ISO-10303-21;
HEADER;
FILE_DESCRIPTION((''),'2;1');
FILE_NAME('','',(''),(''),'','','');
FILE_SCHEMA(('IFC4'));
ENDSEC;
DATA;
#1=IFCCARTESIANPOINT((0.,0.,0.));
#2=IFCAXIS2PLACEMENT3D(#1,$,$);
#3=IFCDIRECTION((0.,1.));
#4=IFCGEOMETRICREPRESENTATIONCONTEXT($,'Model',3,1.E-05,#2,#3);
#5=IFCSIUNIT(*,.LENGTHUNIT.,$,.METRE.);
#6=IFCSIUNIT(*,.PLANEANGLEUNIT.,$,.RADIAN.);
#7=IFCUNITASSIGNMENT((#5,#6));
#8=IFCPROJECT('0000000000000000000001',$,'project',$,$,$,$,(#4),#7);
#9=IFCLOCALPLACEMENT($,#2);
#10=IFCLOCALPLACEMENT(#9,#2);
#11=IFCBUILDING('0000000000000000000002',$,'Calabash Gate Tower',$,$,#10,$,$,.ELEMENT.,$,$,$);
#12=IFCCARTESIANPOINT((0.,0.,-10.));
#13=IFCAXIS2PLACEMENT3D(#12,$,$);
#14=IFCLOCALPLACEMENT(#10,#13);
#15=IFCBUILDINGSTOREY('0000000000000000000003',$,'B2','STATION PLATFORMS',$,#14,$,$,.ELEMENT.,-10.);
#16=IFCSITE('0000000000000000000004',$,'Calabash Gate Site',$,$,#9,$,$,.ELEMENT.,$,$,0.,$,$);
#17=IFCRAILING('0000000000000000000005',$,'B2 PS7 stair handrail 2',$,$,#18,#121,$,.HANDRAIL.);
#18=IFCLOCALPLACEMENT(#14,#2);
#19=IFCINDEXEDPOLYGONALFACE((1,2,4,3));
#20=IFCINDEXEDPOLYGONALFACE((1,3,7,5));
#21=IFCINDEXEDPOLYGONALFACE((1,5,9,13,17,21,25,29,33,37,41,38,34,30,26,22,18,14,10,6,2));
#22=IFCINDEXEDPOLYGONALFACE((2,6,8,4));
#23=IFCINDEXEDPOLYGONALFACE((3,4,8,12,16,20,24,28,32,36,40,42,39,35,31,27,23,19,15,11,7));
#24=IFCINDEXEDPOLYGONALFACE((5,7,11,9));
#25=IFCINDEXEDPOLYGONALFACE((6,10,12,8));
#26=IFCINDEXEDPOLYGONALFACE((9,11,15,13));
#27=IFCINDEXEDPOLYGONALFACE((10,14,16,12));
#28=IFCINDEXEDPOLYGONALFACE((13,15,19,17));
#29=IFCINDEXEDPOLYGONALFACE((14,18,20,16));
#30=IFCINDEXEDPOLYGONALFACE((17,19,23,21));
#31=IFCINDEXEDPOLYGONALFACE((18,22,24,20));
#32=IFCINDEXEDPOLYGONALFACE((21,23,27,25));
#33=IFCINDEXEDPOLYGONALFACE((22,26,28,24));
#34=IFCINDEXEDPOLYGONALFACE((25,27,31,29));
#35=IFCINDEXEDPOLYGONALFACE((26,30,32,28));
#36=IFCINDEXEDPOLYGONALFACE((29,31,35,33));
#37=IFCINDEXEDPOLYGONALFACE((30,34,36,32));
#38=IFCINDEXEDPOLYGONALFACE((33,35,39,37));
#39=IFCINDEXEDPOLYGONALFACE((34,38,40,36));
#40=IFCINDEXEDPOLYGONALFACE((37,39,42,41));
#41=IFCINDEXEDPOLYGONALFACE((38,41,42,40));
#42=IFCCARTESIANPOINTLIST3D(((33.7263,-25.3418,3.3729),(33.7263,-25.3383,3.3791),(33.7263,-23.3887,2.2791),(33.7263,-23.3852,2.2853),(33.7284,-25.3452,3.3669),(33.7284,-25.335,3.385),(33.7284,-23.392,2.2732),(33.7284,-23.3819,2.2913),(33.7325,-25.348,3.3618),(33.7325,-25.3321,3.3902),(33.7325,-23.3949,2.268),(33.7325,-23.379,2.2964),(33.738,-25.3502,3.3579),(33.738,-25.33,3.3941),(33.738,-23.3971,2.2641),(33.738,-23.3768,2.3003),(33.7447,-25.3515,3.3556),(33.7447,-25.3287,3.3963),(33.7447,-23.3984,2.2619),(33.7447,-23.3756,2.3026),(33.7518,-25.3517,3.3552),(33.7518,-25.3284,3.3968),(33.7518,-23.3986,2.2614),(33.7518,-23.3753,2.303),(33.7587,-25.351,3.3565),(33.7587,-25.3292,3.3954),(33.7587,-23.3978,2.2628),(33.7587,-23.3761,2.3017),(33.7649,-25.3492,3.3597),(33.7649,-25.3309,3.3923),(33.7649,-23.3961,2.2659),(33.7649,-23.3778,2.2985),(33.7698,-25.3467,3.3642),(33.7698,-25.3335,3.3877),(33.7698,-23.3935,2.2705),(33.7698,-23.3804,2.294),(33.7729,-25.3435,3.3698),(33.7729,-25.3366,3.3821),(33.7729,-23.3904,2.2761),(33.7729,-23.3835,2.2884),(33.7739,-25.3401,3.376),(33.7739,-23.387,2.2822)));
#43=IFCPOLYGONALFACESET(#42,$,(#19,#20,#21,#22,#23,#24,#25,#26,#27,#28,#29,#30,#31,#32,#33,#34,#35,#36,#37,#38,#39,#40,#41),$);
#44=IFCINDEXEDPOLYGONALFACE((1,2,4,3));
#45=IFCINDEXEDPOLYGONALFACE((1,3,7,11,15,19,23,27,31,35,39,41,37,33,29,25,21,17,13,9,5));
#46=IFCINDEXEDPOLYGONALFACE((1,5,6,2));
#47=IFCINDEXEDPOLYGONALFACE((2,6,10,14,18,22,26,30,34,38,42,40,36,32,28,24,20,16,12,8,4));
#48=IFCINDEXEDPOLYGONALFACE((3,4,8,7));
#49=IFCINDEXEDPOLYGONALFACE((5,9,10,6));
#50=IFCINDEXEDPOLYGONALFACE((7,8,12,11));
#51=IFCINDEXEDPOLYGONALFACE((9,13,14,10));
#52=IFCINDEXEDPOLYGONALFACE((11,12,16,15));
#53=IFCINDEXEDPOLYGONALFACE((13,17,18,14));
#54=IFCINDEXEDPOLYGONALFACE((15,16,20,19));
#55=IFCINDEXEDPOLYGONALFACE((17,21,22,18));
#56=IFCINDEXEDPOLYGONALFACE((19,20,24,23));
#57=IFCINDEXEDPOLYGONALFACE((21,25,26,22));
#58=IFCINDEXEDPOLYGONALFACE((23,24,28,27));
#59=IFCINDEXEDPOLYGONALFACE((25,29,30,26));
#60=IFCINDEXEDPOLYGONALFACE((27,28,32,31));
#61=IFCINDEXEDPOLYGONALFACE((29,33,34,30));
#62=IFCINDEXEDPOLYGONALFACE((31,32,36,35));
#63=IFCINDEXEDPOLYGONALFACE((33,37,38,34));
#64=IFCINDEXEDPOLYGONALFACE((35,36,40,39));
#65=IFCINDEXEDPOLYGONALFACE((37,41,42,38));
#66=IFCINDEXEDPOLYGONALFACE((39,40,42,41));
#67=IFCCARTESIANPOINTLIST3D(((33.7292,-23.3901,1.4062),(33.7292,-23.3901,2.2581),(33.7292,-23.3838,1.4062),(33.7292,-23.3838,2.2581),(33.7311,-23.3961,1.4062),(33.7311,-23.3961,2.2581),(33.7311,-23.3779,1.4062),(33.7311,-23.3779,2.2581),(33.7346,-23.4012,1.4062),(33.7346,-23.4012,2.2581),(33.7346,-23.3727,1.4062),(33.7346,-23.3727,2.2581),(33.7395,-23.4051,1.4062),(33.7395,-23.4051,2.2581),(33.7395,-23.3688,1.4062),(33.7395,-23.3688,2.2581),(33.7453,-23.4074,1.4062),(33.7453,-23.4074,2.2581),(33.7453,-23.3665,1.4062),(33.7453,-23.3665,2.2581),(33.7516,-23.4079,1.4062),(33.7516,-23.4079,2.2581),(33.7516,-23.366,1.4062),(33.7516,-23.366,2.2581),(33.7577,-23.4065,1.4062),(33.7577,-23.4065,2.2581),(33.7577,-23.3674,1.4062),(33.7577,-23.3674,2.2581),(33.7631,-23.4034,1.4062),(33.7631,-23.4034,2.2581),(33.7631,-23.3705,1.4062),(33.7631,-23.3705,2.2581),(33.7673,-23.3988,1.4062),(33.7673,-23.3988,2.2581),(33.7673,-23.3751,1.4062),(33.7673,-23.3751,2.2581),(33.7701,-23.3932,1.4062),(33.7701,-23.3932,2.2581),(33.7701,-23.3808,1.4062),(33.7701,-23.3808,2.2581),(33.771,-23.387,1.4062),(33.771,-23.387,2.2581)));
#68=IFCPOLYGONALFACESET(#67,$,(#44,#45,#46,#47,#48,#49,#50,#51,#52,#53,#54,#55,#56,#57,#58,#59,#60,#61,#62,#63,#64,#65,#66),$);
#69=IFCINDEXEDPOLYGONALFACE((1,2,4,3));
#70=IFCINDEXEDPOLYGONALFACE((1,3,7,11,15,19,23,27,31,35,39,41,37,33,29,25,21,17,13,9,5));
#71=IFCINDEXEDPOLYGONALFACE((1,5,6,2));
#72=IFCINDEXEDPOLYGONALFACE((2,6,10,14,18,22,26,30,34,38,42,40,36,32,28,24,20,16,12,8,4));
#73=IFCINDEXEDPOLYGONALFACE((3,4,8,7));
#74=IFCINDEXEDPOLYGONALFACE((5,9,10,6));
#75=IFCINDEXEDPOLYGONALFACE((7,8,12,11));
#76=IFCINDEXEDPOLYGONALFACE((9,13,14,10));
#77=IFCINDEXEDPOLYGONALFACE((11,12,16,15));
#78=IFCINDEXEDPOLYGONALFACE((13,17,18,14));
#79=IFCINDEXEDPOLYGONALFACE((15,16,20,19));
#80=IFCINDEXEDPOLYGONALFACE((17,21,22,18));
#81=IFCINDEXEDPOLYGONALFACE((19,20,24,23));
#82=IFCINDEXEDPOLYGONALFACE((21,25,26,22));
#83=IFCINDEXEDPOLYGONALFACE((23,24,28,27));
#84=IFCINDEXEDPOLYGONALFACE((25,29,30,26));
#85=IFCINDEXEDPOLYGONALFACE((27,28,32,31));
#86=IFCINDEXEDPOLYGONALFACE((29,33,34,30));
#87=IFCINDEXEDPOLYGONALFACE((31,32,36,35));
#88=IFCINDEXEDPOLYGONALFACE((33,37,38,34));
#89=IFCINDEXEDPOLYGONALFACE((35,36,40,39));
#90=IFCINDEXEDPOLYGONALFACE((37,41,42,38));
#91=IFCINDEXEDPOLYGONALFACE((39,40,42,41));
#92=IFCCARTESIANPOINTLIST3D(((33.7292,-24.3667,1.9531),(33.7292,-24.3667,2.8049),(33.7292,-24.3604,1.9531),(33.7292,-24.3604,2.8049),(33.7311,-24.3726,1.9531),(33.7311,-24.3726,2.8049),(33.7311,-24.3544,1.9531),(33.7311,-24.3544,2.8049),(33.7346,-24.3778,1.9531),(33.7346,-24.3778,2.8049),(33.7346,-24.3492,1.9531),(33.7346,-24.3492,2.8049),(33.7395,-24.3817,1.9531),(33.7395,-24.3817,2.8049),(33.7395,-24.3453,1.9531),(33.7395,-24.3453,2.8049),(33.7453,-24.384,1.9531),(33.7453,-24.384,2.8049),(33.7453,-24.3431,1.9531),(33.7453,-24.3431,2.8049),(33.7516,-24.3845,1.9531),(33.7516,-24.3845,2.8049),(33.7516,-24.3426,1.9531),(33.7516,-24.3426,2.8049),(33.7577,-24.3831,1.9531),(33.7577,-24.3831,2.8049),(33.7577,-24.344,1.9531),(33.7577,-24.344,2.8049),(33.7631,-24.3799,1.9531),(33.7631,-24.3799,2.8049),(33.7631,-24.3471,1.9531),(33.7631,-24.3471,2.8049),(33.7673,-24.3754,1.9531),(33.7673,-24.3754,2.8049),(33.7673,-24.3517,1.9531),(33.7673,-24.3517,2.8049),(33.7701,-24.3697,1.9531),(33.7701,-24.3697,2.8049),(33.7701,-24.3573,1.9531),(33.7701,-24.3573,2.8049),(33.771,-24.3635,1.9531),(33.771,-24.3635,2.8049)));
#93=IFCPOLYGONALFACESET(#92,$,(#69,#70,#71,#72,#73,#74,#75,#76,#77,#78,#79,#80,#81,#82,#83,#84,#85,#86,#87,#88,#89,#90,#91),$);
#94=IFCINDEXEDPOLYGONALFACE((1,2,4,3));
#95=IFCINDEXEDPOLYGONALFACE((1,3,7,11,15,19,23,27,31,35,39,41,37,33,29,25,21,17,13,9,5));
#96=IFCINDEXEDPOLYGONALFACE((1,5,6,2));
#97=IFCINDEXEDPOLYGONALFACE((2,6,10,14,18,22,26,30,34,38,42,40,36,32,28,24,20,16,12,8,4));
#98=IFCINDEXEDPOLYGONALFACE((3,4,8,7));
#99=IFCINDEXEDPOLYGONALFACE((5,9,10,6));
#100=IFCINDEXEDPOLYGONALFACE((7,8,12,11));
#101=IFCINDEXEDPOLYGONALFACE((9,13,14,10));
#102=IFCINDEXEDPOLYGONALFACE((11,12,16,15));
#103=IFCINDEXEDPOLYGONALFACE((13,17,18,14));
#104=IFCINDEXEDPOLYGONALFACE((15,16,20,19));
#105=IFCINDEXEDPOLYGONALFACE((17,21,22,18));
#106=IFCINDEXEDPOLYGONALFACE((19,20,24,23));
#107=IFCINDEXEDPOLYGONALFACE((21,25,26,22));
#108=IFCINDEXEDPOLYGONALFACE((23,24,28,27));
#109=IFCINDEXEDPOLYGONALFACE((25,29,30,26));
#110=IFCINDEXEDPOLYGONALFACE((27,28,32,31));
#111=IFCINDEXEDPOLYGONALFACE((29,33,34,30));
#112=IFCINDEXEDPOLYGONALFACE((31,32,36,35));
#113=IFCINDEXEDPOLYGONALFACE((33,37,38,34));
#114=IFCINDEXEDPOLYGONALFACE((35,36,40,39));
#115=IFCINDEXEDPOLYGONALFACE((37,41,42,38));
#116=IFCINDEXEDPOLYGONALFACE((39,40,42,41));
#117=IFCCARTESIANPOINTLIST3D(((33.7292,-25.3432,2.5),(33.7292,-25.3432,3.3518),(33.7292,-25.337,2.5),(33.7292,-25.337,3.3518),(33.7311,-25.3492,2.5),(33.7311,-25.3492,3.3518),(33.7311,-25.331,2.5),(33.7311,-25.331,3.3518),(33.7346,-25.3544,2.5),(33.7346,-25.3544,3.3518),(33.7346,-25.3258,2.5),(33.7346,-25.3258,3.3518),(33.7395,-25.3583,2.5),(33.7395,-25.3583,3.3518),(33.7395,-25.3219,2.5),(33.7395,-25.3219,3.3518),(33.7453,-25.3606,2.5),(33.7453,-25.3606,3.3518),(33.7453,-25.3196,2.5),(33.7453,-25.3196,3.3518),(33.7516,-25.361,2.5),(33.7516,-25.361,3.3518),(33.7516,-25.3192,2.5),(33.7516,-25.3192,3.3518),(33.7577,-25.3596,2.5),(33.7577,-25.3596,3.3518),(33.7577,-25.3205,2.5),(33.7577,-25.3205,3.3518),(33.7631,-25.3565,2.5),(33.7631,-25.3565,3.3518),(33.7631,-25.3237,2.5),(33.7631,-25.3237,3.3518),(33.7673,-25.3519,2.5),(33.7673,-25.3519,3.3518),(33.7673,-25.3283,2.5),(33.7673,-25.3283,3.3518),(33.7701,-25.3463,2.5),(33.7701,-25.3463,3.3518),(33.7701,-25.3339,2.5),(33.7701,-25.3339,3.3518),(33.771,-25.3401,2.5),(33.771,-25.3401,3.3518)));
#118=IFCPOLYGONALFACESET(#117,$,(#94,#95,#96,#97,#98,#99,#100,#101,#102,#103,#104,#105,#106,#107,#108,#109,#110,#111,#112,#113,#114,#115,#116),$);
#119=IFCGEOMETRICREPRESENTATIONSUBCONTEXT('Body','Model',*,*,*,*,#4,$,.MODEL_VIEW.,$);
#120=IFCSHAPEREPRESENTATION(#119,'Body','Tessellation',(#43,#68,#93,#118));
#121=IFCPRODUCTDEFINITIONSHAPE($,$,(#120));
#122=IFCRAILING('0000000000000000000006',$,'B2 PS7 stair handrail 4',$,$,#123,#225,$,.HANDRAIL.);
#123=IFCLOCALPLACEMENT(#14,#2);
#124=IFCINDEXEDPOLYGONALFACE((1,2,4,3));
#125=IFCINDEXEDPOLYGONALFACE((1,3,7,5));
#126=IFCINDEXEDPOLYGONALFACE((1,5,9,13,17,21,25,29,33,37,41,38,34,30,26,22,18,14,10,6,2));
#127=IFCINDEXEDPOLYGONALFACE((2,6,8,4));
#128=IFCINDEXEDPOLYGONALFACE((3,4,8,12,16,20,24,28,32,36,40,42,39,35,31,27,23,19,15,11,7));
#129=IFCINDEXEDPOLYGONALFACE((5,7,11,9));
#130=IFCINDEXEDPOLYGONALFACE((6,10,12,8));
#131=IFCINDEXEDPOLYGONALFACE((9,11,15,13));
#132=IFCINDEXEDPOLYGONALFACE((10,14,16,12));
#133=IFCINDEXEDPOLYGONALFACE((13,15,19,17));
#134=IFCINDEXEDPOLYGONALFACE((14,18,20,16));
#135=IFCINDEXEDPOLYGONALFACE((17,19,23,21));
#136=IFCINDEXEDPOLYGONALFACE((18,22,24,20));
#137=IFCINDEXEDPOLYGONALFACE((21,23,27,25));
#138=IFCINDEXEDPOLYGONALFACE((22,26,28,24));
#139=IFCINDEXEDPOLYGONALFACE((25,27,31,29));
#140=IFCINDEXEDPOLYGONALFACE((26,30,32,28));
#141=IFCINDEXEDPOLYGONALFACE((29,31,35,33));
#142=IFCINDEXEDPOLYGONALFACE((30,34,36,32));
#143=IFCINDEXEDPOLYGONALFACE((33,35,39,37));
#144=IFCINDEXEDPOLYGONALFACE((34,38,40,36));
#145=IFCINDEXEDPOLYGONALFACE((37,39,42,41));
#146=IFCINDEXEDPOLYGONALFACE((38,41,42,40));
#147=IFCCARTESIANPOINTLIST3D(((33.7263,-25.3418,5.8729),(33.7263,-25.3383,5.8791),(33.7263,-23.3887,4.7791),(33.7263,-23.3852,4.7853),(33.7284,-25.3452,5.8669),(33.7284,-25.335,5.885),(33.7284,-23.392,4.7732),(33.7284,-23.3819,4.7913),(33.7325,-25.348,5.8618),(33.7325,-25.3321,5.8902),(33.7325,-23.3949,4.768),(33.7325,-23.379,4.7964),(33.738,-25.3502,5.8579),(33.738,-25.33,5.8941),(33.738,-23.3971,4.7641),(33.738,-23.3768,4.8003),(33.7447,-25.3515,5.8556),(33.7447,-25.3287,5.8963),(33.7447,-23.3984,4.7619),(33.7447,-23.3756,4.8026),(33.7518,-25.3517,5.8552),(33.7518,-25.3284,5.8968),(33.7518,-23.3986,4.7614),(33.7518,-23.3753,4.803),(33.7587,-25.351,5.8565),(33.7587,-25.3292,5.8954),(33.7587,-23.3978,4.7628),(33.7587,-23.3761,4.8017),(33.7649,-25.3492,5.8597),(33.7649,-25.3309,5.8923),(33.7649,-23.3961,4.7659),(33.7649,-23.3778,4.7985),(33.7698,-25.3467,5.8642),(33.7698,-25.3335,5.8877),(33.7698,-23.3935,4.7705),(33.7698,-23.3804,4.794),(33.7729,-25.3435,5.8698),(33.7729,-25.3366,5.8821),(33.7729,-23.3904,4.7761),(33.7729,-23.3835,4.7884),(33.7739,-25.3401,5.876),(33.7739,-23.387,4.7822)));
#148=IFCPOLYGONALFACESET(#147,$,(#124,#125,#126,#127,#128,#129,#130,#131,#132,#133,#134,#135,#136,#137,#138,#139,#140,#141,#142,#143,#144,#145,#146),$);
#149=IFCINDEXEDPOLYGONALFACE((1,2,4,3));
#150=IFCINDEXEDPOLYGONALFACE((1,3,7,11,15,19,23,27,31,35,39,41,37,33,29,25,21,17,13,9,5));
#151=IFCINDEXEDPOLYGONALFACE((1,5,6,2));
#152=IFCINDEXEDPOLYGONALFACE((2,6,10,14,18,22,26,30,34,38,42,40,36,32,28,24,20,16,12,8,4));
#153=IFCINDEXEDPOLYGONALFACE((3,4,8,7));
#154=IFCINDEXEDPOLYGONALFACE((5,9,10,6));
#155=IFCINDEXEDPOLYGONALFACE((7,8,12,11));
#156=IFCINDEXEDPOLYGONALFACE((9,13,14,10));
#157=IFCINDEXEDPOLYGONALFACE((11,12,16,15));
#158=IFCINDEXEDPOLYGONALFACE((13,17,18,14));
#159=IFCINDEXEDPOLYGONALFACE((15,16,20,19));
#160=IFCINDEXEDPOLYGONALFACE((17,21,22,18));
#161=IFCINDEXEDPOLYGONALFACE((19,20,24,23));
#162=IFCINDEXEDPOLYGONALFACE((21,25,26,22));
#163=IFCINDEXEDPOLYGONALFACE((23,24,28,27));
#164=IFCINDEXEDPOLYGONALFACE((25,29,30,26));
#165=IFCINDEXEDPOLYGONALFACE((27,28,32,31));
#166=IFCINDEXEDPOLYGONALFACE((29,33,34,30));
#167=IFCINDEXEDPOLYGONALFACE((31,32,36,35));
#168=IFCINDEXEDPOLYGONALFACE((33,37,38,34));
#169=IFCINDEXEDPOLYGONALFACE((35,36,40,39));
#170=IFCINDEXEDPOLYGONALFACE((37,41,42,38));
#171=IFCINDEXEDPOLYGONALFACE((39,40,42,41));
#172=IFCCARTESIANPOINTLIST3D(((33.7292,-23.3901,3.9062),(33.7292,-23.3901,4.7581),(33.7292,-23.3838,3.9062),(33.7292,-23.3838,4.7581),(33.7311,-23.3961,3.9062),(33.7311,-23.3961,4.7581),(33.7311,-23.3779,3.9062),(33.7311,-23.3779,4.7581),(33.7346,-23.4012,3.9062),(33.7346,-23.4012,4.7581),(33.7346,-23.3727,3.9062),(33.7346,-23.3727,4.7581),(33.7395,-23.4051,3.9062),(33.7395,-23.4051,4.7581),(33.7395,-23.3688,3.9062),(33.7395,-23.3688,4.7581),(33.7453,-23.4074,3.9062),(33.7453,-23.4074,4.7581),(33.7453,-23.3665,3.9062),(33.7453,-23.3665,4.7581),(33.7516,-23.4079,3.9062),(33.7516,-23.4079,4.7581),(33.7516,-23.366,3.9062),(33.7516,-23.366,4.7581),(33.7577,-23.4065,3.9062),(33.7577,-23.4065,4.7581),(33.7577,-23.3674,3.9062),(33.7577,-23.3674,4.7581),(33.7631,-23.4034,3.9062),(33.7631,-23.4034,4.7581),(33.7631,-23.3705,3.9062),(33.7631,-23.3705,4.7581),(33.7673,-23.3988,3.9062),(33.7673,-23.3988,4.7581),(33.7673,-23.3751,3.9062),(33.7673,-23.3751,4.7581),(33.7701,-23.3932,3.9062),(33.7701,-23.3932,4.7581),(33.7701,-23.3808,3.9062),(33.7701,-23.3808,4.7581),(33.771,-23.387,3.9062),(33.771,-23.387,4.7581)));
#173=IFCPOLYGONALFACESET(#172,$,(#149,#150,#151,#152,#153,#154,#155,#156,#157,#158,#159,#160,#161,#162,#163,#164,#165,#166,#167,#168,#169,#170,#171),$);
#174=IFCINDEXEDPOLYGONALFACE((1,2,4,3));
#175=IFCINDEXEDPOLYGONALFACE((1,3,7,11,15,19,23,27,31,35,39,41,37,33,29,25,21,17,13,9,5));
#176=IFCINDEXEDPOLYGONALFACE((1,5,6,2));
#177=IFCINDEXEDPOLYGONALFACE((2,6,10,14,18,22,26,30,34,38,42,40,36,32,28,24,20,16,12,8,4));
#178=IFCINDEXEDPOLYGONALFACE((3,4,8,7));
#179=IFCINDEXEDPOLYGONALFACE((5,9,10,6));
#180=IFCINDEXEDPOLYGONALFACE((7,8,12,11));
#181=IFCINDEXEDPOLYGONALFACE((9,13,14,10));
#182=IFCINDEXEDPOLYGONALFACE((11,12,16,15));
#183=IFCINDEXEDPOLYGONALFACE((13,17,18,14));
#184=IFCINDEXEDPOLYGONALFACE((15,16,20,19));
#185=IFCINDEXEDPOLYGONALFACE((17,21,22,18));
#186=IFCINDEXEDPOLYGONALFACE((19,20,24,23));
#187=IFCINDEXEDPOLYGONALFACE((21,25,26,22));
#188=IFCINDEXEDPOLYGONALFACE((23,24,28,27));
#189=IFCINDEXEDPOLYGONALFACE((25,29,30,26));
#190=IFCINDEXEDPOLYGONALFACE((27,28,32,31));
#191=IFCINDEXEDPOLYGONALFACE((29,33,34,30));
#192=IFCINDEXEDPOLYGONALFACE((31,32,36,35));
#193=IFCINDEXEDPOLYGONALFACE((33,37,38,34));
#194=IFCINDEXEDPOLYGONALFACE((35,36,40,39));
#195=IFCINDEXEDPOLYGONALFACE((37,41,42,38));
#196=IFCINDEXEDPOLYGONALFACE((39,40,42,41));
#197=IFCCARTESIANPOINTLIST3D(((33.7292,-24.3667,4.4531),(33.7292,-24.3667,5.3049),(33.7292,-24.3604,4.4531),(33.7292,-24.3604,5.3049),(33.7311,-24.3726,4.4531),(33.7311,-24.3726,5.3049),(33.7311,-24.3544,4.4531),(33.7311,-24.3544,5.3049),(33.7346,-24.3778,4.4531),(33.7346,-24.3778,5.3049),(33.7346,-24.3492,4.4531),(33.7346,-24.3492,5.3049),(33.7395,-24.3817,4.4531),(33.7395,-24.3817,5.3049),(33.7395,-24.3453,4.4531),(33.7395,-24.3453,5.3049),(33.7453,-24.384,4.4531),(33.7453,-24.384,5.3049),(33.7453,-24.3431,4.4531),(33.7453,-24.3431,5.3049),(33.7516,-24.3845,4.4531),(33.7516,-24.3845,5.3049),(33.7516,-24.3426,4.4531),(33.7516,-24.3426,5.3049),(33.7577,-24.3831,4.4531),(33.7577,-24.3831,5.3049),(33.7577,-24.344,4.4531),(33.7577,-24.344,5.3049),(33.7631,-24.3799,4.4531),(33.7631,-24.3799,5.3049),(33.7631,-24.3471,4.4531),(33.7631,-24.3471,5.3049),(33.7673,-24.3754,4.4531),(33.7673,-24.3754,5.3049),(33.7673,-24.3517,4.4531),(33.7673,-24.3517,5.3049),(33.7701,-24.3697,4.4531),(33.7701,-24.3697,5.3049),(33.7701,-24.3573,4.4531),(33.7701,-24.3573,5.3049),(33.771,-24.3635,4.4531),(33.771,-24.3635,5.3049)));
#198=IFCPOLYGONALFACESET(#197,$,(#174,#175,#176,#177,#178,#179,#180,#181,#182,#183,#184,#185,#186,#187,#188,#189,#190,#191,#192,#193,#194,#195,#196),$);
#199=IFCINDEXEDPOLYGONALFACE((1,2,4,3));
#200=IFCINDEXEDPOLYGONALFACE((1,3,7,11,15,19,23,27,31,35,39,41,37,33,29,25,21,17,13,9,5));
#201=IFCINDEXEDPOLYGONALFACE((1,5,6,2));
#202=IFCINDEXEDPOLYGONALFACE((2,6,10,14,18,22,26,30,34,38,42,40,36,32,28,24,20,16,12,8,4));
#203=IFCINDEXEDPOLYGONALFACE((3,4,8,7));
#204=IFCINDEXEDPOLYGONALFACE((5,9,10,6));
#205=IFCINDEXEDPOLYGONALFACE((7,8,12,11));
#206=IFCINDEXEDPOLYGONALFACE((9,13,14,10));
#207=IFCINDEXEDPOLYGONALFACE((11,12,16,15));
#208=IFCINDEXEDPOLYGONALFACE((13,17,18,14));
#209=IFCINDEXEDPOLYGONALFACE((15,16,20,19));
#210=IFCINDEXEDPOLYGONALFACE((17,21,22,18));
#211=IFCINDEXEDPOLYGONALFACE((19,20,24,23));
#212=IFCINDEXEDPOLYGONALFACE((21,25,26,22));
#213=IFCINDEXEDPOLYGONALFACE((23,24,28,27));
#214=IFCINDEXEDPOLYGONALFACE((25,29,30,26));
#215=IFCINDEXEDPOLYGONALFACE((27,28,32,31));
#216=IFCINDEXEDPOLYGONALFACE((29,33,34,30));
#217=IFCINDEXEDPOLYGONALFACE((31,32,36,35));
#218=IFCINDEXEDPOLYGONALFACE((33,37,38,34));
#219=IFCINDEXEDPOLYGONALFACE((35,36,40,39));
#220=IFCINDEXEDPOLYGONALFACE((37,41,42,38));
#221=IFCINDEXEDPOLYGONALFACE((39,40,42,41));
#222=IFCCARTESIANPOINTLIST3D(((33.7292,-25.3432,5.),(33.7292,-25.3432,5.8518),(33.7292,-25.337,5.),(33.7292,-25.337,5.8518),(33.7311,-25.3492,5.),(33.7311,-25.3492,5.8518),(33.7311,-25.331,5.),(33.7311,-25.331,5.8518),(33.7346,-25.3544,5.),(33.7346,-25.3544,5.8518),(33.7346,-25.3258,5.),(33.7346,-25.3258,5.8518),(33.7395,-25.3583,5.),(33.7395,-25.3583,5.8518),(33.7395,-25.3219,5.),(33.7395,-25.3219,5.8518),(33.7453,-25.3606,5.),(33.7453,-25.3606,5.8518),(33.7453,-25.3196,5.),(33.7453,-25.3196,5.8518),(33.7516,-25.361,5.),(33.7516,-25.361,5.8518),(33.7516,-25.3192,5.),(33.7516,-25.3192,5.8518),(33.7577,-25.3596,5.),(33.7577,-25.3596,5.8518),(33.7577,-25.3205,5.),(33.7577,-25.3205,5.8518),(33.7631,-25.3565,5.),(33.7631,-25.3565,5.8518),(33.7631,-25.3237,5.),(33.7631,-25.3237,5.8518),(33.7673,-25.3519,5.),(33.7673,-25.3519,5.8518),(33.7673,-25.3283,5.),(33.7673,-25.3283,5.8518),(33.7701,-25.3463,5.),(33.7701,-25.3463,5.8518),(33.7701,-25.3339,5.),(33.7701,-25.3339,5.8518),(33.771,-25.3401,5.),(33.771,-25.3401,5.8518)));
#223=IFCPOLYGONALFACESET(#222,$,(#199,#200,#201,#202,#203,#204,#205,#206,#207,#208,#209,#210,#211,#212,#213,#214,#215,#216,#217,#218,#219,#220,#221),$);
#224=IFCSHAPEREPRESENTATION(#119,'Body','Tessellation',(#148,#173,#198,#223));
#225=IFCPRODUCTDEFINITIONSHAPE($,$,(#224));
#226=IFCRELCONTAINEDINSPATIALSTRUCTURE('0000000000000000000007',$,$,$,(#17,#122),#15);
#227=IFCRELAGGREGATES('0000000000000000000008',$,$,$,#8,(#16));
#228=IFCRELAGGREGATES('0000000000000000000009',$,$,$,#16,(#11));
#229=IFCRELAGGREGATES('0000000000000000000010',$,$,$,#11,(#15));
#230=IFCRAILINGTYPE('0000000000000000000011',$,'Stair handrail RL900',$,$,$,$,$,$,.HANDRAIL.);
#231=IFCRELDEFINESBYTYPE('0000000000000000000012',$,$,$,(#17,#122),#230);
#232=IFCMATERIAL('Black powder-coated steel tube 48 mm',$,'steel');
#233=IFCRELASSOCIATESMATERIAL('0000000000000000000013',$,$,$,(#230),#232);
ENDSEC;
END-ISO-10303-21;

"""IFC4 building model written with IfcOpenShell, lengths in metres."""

from ifc_helpers import new_model, si_unit, direction, frame, origin, origin_2d, place, context, subcontext, project, spatial, circle, extrude, material, type_object, element, save


model = new_model("IFC4")

# Units and contexts
model_context = context("Model", 3, precision=1e-05, world=origin(), true_north=direction((0.0, 1.0)))
body_context = subcontext(model_context, "Body", "Model", "MODEL_VIEW")
ifc_project = project(units=[si_unit("LENGTHUNIT", "METRE"), si_unit("PLANEANGLEUNIT", "RADIAN")], contexts=[model_context])

# Site, building, storey
site_placement = place(None, origin())
site = spatial("IfcSite", under=ifc_project, at=site_placement, Name="Calabash Gate Site", CompositionType="ELEMENT", RefElevation=0.0)
building_placement = place(site_placement, origin())
building = spatial("IfcBuilding", under=site, at=building_placement, Name="Calabash Gate Tower", CompositionType="ELEMENT")
storey_placement = place(building_placement, frame((0.0, 0.0, -10.0)))
storey = spatial("IfcBuildingStorey", under=building, at=storey_placement, Name="B2", Description="STATION PLATFORMS", CompositionType="ELEMENT", Elevation=-10.0)

# Railings
ifc_material_1 = material(Name="Black powder-coated steel tube 48 mm", Category="steel")
railing_type = type_object("IfcRailingType", Name="Stair handrail RL900", PredefinedType="HANDRAIL", material=ifc_material_1)
for number, where, name in (
    (1, (33.75, -23.387, 1.4062), "B2 PS7 stair handrail 2"),
    (2, (33.75, -23.387, 3.9062), "B2 PS7 stair handrail 4"),
):
    element("IfcRailing", number, at=place(storey_placement, frame(where)), inside=storey, type_object=railing_type, Name=name, PredefinedType="HANDRAIL", context=body_context, shape_type="SweptSolid", body=[
        extrude(circle(Radius=0.0239, at=origin_2d()), frame((0.0, 0.0, 0.876), z_axis=(0.0, -0.872506, 0.488603), x_axis=(1.0, 0.0, 0.0)), (0.0, 0.0, 1.0), 2.2385),
        extrude(circle(Radius=0.021, at=origin_2d()), origin(), (0.0, 0.0, 1.0), 0.8518),
        extrude(circle(Radius=0.021, at=origin_2d()), frame((0.0, -0.9766, 0.5469)), (0.0, 0.0, 1.0), 0.8518),
        extrude(circle(Radius=0.021, at=origin_2d()), frame((0.0, -1.9531, 1.0938)), (0.0, 0.0, 1.0), 0.8518),
    ])

save(model, "model.ifc")
